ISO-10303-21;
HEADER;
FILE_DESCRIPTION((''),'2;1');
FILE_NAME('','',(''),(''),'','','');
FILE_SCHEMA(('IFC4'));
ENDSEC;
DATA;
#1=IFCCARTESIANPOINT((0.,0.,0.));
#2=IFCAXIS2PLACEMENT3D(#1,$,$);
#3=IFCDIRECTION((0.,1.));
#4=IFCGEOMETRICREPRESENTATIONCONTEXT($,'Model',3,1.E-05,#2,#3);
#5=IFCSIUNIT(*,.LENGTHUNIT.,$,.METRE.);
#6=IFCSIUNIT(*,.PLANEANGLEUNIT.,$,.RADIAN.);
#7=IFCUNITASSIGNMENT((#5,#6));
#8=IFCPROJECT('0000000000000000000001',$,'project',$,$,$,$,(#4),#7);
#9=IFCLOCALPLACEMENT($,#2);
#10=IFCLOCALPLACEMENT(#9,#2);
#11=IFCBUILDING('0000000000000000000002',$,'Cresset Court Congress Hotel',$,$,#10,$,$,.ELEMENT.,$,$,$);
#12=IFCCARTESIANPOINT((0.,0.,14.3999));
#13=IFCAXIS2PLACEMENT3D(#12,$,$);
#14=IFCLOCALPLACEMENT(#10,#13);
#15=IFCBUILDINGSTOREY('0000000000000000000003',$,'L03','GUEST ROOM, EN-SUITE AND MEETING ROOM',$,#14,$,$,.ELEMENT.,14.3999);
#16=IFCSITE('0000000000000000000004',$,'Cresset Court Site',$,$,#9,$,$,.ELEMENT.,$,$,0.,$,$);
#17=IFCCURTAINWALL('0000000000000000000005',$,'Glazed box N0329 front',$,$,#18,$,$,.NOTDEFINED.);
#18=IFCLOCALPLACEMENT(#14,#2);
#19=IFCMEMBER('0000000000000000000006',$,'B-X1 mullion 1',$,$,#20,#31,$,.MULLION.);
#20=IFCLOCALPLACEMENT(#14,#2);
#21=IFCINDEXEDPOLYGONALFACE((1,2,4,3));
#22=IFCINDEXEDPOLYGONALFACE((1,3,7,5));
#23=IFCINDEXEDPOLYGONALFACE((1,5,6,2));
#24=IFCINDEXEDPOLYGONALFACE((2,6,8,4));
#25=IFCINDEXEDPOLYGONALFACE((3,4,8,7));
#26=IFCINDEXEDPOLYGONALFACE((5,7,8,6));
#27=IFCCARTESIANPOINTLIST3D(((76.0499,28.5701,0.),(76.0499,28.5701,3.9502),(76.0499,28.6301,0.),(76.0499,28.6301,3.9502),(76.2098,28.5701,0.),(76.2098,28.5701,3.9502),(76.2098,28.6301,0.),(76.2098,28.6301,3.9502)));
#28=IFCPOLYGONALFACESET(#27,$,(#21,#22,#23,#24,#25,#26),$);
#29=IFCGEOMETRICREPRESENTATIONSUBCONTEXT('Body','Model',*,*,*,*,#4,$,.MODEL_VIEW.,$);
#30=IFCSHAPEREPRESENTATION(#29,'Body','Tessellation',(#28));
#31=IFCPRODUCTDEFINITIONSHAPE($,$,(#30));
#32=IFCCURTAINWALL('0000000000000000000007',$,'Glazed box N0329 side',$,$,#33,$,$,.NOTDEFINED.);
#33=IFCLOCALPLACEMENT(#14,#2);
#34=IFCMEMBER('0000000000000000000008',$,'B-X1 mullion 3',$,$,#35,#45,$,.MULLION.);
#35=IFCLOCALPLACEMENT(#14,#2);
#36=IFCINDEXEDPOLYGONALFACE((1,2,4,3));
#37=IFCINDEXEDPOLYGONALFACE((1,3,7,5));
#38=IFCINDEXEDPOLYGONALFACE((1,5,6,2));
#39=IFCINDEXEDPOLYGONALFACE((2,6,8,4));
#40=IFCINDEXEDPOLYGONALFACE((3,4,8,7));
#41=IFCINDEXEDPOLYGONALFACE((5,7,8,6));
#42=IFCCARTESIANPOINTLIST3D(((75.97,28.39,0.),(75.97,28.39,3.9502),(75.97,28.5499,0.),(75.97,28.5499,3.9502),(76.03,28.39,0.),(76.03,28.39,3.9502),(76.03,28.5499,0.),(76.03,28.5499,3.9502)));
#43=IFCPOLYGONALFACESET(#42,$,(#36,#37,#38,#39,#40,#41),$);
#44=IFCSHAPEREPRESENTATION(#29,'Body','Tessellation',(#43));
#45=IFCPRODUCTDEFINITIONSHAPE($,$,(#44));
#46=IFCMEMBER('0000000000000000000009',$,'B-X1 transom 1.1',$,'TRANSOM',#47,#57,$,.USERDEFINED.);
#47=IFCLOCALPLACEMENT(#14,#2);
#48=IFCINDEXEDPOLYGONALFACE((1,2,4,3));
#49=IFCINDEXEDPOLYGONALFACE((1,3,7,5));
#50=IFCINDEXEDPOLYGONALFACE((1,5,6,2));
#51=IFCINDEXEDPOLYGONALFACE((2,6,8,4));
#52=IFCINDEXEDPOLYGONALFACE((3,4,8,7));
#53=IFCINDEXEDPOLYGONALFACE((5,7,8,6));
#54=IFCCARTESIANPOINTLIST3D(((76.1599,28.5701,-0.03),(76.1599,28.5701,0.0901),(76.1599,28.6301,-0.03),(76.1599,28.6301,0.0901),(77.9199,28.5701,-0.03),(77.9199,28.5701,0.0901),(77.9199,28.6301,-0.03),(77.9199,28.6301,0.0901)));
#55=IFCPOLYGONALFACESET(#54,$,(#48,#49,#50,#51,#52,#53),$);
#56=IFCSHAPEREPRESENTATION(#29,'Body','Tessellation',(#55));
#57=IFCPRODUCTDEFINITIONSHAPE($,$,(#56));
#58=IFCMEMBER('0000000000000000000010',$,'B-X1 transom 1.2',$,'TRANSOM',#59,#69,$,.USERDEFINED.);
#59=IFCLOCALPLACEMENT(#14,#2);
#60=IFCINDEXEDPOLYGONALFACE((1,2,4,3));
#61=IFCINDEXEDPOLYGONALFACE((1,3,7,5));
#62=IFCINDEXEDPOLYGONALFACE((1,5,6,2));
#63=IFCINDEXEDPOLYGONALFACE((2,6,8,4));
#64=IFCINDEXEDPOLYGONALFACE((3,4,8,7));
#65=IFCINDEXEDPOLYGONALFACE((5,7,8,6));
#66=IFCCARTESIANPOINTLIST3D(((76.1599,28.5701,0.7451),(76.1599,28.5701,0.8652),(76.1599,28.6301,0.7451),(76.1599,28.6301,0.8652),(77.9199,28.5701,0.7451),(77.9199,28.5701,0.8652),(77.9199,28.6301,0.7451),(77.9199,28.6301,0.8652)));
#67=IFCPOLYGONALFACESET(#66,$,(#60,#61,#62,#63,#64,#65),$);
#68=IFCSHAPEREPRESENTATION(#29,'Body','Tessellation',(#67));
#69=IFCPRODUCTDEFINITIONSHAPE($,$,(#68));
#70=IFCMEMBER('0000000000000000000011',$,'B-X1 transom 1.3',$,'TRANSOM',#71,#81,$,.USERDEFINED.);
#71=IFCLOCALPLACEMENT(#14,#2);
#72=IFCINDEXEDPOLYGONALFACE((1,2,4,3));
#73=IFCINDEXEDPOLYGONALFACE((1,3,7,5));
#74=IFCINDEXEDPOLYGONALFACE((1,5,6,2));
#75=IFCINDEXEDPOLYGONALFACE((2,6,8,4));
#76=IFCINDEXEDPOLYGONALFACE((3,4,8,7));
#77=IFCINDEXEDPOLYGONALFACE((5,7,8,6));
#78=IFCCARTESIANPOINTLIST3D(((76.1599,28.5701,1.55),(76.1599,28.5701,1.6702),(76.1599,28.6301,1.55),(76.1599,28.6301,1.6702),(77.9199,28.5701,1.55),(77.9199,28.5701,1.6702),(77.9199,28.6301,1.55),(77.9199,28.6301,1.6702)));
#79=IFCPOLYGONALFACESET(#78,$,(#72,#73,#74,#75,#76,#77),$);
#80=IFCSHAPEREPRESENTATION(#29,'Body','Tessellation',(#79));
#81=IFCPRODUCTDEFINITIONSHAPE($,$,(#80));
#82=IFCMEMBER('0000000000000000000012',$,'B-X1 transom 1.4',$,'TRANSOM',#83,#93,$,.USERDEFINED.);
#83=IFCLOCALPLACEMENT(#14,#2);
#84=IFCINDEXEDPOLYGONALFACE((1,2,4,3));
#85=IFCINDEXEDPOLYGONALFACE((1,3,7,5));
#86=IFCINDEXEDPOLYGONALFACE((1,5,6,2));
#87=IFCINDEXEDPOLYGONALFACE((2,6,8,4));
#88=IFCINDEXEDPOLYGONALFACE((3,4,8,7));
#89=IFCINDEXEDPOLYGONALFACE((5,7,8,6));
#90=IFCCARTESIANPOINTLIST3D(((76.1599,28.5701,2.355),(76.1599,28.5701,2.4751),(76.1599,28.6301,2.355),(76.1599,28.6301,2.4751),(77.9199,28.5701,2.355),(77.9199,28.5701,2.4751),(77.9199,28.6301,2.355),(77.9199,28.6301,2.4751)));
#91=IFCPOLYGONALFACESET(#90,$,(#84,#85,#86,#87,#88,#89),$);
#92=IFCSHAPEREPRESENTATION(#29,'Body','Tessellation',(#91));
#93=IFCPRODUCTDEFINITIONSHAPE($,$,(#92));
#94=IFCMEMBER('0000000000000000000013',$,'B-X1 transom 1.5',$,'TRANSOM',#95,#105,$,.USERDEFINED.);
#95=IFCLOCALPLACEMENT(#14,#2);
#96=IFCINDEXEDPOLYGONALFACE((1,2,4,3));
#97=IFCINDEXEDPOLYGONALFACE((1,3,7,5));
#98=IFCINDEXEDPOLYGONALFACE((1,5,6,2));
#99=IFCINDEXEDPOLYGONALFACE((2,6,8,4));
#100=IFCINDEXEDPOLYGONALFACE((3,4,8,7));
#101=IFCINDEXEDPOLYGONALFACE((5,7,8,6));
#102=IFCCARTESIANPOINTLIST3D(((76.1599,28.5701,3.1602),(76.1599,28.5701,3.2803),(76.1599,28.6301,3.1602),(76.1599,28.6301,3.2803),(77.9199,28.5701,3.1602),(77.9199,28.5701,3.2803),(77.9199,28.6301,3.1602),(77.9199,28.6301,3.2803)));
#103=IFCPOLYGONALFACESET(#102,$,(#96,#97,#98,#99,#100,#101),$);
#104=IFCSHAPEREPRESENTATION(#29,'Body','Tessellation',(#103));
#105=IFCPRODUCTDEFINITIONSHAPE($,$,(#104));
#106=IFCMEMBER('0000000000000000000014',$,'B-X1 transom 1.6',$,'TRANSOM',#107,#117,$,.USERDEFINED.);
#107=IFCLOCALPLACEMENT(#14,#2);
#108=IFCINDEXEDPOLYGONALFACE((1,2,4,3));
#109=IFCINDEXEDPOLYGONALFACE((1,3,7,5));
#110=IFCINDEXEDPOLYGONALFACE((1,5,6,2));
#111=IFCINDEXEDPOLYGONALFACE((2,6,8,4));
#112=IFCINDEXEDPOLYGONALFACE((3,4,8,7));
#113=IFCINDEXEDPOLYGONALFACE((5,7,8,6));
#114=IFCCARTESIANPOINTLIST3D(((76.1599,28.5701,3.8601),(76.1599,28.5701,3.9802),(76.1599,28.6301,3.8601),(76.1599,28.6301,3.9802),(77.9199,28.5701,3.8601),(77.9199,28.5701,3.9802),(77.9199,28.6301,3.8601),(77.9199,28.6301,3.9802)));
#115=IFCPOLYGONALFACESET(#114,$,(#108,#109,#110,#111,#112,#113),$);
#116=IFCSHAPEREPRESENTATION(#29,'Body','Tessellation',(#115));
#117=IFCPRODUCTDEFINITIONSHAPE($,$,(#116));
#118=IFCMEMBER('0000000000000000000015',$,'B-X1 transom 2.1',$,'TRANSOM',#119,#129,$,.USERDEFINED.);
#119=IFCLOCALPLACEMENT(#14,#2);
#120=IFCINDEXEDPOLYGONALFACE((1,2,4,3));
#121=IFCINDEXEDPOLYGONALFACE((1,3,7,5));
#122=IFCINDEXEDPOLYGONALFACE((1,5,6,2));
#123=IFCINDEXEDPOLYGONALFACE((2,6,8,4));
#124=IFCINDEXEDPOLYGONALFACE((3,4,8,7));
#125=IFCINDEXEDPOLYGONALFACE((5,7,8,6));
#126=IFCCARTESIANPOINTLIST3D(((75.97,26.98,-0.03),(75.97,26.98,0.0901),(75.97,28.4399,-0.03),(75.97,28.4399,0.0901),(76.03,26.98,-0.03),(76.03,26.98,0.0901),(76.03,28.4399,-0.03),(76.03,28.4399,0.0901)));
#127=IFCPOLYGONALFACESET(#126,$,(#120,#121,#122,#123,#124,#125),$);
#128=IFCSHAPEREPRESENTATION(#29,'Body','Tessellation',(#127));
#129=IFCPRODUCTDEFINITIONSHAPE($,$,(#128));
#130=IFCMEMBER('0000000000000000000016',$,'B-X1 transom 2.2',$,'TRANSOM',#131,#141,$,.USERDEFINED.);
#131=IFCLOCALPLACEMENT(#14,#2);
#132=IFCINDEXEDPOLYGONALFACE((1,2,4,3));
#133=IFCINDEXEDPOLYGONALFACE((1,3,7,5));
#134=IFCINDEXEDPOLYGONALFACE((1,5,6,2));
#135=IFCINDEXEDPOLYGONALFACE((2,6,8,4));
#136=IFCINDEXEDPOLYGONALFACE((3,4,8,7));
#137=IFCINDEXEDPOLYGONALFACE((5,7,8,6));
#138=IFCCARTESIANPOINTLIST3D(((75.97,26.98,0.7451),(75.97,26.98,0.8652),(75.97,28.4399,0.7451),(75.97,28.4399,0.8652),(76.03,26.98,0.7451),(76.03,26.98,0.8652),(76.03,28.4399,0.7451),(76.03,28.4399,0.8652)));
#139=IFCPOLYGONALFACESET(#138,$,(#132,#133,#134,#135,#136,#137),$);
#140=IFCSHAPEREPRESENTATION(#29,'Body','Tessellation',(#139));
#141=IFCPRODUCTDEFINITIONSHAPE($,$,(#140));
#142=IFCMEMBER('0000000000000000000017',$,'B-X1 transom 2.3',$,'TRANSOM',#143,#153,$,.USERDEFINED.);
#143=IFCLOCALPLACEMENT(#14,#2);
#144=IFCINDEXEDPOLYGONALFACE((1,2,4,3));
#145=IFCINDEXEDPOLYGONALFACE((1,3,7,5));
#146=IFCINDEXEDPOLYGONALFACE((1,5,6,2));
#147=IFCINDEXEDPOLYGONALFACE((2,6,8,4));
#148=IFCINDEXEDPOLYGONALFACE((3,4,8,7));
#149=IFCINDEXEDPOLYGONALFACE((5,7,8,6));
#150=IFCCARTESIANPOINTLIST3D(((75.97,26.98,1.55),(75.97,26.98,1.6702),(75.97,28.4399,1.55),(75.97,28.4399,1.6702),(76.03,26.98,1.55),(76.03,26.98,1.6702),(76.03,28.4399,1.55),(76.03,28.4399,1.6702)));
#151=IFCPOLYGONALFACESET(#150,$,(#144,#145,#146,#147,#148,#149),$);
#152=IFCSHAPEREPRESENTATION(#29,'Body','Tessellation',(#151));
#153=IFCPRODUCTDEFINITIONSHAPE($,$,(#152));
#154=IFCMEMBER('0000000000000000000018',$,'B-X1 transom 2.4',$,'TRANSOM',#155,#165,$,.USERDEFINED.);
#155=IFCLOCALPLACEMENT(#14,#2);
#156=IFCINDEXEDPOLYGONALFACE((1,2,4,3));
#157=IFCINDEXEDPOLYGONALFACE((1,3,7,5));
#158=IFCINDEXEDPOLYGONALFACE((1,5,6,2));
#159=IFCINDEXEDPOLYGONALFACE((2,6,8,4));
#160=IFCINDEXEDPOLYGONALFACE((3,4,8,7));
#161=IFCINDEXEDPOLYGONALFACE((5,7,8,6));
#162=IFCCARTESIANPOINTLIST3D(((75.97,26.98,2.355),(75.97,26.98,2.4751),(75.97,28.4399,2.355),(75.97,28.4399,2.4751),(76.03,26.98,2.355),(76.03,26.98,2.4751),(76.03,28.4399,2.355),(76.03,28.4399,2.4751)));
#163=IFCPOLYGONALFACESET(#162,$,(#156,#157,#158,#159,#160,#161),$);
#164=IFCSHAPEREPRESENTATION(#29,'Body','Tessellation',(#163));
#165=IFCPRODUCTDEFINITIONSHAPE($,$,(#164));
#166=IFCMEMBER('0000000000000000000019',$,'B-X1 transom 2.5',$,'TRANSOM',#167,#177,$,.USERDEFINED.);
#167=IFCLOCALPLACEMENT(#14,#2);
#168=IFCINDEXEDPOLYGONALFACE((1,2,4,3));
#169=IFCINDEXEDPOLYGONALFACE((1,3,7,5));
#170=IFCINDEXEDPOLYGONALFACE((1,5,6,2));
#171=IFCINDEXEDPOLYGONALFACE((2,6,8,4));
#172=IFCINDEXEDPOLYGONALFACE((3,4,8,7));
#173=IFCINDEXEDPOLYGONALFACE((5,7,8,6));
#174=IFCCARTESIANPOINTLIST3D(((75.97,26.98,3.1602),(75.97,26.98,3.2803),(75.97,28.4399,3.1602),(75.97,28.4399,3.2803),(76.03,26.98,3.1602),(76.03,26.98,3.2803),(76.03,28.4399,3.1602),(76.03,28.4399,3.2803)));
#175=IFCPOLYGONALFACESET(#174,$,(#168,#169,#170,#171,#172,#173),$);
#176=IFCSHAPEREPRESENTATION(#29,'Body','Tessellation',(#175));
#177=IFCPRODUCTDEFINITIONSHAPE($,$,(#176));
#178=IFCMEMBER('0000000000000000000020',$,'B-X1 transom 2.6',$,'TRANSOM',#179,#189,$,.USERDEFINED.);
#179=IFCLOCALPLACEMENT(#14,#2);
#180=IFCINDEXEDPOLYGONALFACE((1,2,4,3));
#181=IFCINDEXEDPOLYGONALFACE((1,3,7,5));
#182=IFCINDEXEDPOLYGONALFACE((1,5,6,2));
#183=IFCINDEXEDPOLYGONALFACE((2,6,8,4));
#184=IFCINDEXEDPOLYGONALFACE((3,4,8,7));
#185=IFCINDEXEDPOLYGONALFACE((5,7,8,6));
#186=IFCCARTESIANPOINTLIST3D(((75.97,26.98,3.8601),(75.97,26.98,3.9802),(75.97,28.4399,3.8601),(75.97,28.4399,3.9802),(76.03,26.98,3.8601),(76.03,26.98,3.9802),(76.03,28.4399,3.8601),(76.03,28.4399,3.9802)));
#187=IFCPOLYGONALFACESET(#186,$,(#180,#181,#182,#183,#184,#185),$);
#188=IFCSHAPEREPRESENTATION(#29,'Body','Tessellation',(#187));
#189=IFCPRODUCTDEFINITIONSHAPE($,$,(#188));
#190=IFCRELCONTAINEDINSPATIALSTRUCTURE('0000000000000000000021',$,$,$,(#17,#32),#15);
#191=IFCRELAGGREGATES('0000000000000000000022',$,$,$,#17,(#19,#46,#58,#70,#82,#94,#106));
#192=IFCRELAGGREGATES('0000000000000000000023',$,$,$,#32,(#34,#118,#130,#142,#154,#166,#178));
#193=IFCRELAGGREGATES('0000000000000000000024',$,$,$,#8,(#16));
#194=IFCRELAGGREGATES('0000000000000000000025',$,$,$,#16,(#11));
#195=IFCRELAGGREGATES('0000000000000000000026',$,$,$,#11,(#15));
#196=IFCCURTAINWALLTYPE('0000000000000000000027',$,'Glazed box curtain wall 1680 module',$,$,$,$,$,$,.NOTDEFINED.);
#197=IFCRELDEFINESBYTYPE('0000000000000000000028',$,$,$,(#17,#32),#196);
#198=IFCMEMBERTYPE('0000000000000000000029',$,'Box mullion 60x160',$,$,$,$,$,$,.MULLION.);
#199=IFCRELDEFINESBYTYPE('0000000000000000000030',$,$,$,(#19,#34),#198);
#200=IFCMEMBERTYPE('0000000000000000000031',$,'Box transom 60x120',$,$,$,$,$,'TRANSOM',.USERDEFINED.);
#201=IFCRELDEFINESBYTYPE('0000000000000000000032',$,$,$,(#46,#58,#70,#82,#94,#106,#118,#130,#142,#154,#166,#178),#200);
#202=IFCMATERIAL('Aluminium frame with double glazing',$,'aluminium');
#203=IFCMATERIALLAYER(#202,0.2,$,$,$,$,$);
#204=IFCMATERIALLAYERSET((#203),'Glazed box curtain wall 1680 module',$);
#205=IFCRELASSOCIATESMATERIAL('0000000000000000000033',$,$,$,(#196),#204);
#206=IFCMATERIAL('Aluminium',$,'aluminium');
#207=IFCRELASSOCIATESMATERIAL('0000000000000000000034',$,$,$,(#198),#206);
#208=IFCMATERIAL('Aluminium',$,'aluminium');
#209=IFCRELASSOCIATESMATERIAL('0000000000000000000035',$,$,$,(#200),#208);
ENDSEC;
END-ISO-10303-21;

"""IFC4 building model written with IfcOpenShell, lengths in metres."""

from ifc_helpers import new_model, si_unit, direction, frame, origin, origin_2d, place, context, subcontext, project, spatial, rectangle, extrude, material, layer, layer_set, material_profile, profile_set, type_object, element, aggregate, save


model = new_model("IFC4")

# Units and contexts
model_context = context("Model", 3, precision=1e-05, world=origin(), true_north=direction((0.0, 1.0)))
body_context = subcontext(model_context, "Body", "Model", "MODEL_VIEW")
ifc_project = project(units=[si_unit("LENGTHUNIT", "METRE"), si_unit("PLANEANGLEUNIT", "RADIAN")], contexts=[model_context])

# Site, building, storey
site_placement = place(None, origin())
site = spatial("IfcSite", under=ifc_project, at=site_placement, Name="Cresset Court Site", CompositionType="ELEMENT", RefElevation=0.0)
building_placement = place(site_placement, origin())
building = spatial("IfcBuilding", under=site, at=building_placement, Name="Cresset Court Congress Hotel", CompositionType="ELEMENT")
storey_placement = place(building_placement, frame((0.0, 0.0, 14.3999)))
storey = spatial("IfcBuildingStorey", under=building, at=storey_placement, Name="L03", Description="GUEST ROOM, EN-SUITE AND MEETING ROOM", CompositionType="ELEMENT", Elevation=14.3999)

# Curtain walls, members
ifc_material_1 = material(Name="Aluminium frame with double glazing", Category="aluminium")
ifc_layer_1 = layer(ifc_material_1, 0.2)
ifc_layer_set_1 = layer_set([ifc_layer_1], Name="Glazed box curtain wall 1680 module")
curtain_wall_type = type_object("IfcCurtainWallType", Name="Glazed box curtain wall 1680 module", PredefinedType="NOTDEFINED", material=ifc_layer_set_1)
curtain_wall_1_placement = place(storey_placement, origin())
curtain_wall_1 = element("IfcCurtainWall", 1, at=curtain_wall_1_placement, inside=storey, type_object=curtain_wall_type, Name="Glazed box N0329 front", PredefinedType="NOTDEFINED")
ifc_material_2 = material(Name="Aluminium", Category="aluminium")
ifc_material_profile_1 = material_profile(ifc_material_2, rectangle(XDim=0.0601, YDim=0.1599, at=origin_2d()), Name="Box mullion 60x160")
ifc_profile_set_1 = profile_set([ifc_material_profile_1], Name="Aluminium")
member_type_1 = type_object("IfcMemberType", Name="Box mullion 60x160", PredefinedType="MULLION", material=ifc_profile_set_1)
member_1_placement = place(storey_placement, frame((76.1299, 28.6001, 0.0), z_axis=(0.0, 0.0, 1.0), x_axis=(0.0, 1.0, 0.0)))
member_1 = element("IfcMember", 2, at=member_1_placement, type_object=member_type_1, Name="B-X1 mullion 1", PredefinedType="MULLION", context=body_context, shape_type="SweptSolid", body=[
    extrude(rectangle(XDim=0.0601, YDim=0.1599, at=origin_2d()), origin(), (0.0, 0.0, 1.0), 3.9502),
])
curtain_wall_2_placement = place(storey_placement, origin())
curtain_wall_2 = element("IfcCurtainWall", 3, at=curtain_wall_2_placement, inside=storey, type_object=curtain_wall_type, Name="Glazed box N0329 side", PredefinedType="NOTDEFINED")
member_2_placement = place(storey_placement, frame((76.0, 28.47, 0.0), z_axis=(0.0, 0.0, 1.0), x_axis=(-1.0, 0.0, 0.0)))
member_2 = element("IfcMember", 4, at=member_2_placement, type_object=member_type_1, Name="B-X1 mullion 3", PredefinedType="MULLION", context=body_context, shape_type="SweptSolid", body=[
    extrude(rectangle(XDim=0.0601, YDim=0.1599, at=origin_2d()), origin(), (0.0, 0.0, 1.0), 3.9502),
])

# Members
ifc_material_3 = material(Name="Aluminium", Category="aluminium")
ifc_material_profile_2 = material_profile(ifc_material_3, rectangle(XDim=0.0601, YDim=0.1201, at=origin_2d()), Name="Box transom 60x120")
ifc_profile_set_2 = profile_set([ifc_material_profile_2], Name="Aluminium")
member_type_2 = type_object("IfcMemberType", Name="Box transom 60x120", ElementType="TRANSOM", PredefinedType="USERDEFINED", material=ifc_profile_set_2)
member_3_placement = place(storey_placement, frame((76.1599, 28.6001, 0.03), z_axis=(1.0, 0.0, 0.0), x_axis=(0.0, 1.0, 0.0)))
member_3 = element("IfcMember", 5, at=member_3_placement, type_object=member_type_2, Name="B-X1 transom 1.1", ObjectType="TRANSOM", PredefinedType="USERDEFINED", context=body_context, shape_type="SweptSolid", body=[
    extrude(rectangle(XDim=0.0601, YDim=0.1201, at=origin_2d()), origin(), (0.0, 0.0, 1.0), 1.76),
])
member_4_placement = place(storey_placement, frame((76.1599, 28.6001, 0.8052), z_axis=(1.0, 0.0, 0.0), x_axis=(0.0, 1.0, 0.0)))
member_4 = element("IfcMember", 6, at=member_4_placement, type_object=member_type_2, Name="B-X1 transom 1.2", ObjectType="TRANSOM", PredefinedType="USERDEFINED", context=body_context, shape_type="SweptSolid", body=[
    extrude(rectangle(XDim=0.0601, YDim=0.1201, at=origin_2d()), origin(), (0.0, 0.0, 1.0), 1.76),
])
member_5_placement = place(storey_placement, frame((76.1599, 28.6001, 1.6101), z_axis=(1.0, 0.0, 0.0), x_axis=(0.0, 1.0, 0.0)))
member_5 = element("IfcMember", 7, at=member_5_placement, type_object=member_type_2, Name="B-X1 transom 1.3", ObjectType="TRANSOM", PredefinedType="USERDEFINED", context=body_context, shape_type="SweptSolid", body=[
    extrude(rectangle(XDim=0.0601, YDim=0.1201, at=origin_2d()), origin(), (0.0, 0.0, 1.0), 1.76),
])
member_6_placement = place(storey_placement, frame((76.1599, 28.6001, 2.415), z_axis=(1.0, 0.0, 0.0), x_axis=(0.0, 1.0, 0.0)))
member_6 = element("IfcMember", 8, at=member_6_placement, type_object=member_type_2, Name="B-X1 transom 1.4", ObjectType="TRANSOM", PredefinedType="USERDEFINED", context=body_context, shape_type="SweptSolid", body=[
    extrude(rectangle(XDim=0.0601, YDim=0.1201, at=origin_2d()), origin(), (0.0, 0.0, 1.0), 1.76),
])
member_7_placement = place(storey_placement, frame((76.1599, 28.6001, 3.2202), z_axis=(1.0, 0.0, 0.0), x_axis=(0.0, 1.0, 0.0)))
member_7 = element("IfcMember", 9, at=member_7_placement, type_object=member_type_2, Name="B-X1 transom 1.5", ObjectType="TRANSOM", PredefinedType="USERDEFINED", context=body_context, shape_type="SweptSolid", body=[
    extrude(rectangle(XDim=0.0601, YDim=0.1201, at=origin_2d()), origin(), (0.0, 0.0, 1.0), 1.76),
])
member_8_placement = place(storey_placement, frame((76.1599, 28.6001, 3.9202), z_axis=(1.0, 0.0, 0.0), x_axis=(0.0, 1.0, 0.0)))
member_8 = element("IfcMember", 10, at=member_8_placement, type_object=member_type_2, Name="B-X1 transom 1.6", ObjectType="TRANSOM", PredefinedType="USERDEFINED", context=body_context, shape_type="SweptSolid", body=[
    extrude(rectangle(XDim=0.0601, YDim=0.1201, at=origin_2d()), origin(), (0.0, 0.0, 1.0), 1.76),
])
member_9_placement = place(storey_placement, frame((76.0, 26.98, 0.03), z_axis=(0.0, 1.0, 0.0), x_axis=(-1.0, 0.0, 0.0)))
member_9 = element("IfcMember", 11, at=member_9_placement, type_object=member_type_2, Name="B-X1 transom 2.1", ObjectType="TRANSOM", PredefinedType="USERDEFINED", context=body_context, shape_type="SweptSolid", body=[
    extrude(rectangle(XDim=0.0601, YDim=0.1201, at=origin_2d()), origin(), (0.0, 0.0, 1.0), 1.46),
])
member_10_placement = place(storey_placement, frame((76.0, 26.98, 0.8052), z_axis=(0.0, 1.0, 0.0), x_axis=(-1.0, 0.0, 0.0)))
member_10 = element("IfcMember", 12, at=member_10_placement, type_object=member_type_2, Name="B-X1 transom 2.2", ObjectType="TRANSOM", PredefinedType="USERDEFINED", context=body_context, shape_type="SweptSolid", body=[
    extrude(rectangle(XDim=0.0601, YDim=0.1201, at=origin_2d()), origin(), (0.0, 0.0, 1.0), 1.46),
])
member_11_placement = place(storey_placement, frame((76.0, 26.98, 1.6101), z_axis=(0.0, 1.0, 0.0), x_axis=(-1.0, 0.0, 0.0)))
member_11 = element("IfcMember", 13, at=member_11_placement, type_object=member_type_2, Name="B-X1 transom 2.3", ObjectType="TRANSOM", PredefinedType="USERDEFINED", context=body_context, shape_type="SweptSolid", body=[
    extrude(rectangle(XDim=0.0601, YDim=0.1201, at=origin_2d()), origin(), (0.0, 0.0, 1.0), 1.46),
])
member_12_placement = place(storey_placement, frame((76.0, 26.98, 2.415), z_axis=(0.0, 1.0, 0.0), x_axis=(-1.0, 0.0, 0.0)))
member_12 = element("IfcMember", 14, at=member_12_placement, type_object=member_type_2, Name="B-X1 transom 2.4", ObjectType="TRANSOM", PredefinedType="USERDEFINED", context=body_context, shape_type="SweptSolid", body=[
    extrude(rectangle(XDim=0.0601, YDim=0.1201, at=origin_2d()), origin(), (0.0, 0.0, 1.0), 1.46),
])
member_13_placement = place(storey_placement, frame((76.0, 26.98, 3.2202), z_axis=(0.0, 1.0, 0.0), x_axis=(-1.0, 0.0, 0.0)))
member_13 = element("IfcMember", 15, at=member_13_placement, type_object=member_type_2, Name="B-X1 transom 2.5", ObjectType="TRANSOM", PredefinedType="USERDEFINED", context=body_context, shape_type="SweptSolid", body=[
    extrude(rectangle(XDim=0.0601, YDim=0.1201, at=origin_2d()), origin(), (0.0, 0.0, 1.0), 1.46),
])
member_14_placement = place(storey_placement, frame((76.0, 26.98, 3.9202), z_axis=(0.0, 1.0, 0.0), x_axis=(-1.0, 0.0, 0.0)))
member_14 = element("IfcMember", 16, at=member_14_placement, type_object=member_type_2, Name="B-X1 transom 2.6", ObjectType="TRANSOM", PredefinedType="USERDEFINED", context=body_context, shape_type="SweptSolid", body=[
    extrude(rectangle(XDim=0.0601, YDim=0.1201, at=origin_2d()), origin(), (0.0, 0.0, 1.0), 1.46),
])

aggregate(curtain_wall_1, [member_1, member_3, member_4, member_5, member_6, member_7, member_8])
aggregate(curtain_wall_2, [member_2, member_9, member_10, member_11, member_12, member_13, member_14])

save(model, "model.ifc")
